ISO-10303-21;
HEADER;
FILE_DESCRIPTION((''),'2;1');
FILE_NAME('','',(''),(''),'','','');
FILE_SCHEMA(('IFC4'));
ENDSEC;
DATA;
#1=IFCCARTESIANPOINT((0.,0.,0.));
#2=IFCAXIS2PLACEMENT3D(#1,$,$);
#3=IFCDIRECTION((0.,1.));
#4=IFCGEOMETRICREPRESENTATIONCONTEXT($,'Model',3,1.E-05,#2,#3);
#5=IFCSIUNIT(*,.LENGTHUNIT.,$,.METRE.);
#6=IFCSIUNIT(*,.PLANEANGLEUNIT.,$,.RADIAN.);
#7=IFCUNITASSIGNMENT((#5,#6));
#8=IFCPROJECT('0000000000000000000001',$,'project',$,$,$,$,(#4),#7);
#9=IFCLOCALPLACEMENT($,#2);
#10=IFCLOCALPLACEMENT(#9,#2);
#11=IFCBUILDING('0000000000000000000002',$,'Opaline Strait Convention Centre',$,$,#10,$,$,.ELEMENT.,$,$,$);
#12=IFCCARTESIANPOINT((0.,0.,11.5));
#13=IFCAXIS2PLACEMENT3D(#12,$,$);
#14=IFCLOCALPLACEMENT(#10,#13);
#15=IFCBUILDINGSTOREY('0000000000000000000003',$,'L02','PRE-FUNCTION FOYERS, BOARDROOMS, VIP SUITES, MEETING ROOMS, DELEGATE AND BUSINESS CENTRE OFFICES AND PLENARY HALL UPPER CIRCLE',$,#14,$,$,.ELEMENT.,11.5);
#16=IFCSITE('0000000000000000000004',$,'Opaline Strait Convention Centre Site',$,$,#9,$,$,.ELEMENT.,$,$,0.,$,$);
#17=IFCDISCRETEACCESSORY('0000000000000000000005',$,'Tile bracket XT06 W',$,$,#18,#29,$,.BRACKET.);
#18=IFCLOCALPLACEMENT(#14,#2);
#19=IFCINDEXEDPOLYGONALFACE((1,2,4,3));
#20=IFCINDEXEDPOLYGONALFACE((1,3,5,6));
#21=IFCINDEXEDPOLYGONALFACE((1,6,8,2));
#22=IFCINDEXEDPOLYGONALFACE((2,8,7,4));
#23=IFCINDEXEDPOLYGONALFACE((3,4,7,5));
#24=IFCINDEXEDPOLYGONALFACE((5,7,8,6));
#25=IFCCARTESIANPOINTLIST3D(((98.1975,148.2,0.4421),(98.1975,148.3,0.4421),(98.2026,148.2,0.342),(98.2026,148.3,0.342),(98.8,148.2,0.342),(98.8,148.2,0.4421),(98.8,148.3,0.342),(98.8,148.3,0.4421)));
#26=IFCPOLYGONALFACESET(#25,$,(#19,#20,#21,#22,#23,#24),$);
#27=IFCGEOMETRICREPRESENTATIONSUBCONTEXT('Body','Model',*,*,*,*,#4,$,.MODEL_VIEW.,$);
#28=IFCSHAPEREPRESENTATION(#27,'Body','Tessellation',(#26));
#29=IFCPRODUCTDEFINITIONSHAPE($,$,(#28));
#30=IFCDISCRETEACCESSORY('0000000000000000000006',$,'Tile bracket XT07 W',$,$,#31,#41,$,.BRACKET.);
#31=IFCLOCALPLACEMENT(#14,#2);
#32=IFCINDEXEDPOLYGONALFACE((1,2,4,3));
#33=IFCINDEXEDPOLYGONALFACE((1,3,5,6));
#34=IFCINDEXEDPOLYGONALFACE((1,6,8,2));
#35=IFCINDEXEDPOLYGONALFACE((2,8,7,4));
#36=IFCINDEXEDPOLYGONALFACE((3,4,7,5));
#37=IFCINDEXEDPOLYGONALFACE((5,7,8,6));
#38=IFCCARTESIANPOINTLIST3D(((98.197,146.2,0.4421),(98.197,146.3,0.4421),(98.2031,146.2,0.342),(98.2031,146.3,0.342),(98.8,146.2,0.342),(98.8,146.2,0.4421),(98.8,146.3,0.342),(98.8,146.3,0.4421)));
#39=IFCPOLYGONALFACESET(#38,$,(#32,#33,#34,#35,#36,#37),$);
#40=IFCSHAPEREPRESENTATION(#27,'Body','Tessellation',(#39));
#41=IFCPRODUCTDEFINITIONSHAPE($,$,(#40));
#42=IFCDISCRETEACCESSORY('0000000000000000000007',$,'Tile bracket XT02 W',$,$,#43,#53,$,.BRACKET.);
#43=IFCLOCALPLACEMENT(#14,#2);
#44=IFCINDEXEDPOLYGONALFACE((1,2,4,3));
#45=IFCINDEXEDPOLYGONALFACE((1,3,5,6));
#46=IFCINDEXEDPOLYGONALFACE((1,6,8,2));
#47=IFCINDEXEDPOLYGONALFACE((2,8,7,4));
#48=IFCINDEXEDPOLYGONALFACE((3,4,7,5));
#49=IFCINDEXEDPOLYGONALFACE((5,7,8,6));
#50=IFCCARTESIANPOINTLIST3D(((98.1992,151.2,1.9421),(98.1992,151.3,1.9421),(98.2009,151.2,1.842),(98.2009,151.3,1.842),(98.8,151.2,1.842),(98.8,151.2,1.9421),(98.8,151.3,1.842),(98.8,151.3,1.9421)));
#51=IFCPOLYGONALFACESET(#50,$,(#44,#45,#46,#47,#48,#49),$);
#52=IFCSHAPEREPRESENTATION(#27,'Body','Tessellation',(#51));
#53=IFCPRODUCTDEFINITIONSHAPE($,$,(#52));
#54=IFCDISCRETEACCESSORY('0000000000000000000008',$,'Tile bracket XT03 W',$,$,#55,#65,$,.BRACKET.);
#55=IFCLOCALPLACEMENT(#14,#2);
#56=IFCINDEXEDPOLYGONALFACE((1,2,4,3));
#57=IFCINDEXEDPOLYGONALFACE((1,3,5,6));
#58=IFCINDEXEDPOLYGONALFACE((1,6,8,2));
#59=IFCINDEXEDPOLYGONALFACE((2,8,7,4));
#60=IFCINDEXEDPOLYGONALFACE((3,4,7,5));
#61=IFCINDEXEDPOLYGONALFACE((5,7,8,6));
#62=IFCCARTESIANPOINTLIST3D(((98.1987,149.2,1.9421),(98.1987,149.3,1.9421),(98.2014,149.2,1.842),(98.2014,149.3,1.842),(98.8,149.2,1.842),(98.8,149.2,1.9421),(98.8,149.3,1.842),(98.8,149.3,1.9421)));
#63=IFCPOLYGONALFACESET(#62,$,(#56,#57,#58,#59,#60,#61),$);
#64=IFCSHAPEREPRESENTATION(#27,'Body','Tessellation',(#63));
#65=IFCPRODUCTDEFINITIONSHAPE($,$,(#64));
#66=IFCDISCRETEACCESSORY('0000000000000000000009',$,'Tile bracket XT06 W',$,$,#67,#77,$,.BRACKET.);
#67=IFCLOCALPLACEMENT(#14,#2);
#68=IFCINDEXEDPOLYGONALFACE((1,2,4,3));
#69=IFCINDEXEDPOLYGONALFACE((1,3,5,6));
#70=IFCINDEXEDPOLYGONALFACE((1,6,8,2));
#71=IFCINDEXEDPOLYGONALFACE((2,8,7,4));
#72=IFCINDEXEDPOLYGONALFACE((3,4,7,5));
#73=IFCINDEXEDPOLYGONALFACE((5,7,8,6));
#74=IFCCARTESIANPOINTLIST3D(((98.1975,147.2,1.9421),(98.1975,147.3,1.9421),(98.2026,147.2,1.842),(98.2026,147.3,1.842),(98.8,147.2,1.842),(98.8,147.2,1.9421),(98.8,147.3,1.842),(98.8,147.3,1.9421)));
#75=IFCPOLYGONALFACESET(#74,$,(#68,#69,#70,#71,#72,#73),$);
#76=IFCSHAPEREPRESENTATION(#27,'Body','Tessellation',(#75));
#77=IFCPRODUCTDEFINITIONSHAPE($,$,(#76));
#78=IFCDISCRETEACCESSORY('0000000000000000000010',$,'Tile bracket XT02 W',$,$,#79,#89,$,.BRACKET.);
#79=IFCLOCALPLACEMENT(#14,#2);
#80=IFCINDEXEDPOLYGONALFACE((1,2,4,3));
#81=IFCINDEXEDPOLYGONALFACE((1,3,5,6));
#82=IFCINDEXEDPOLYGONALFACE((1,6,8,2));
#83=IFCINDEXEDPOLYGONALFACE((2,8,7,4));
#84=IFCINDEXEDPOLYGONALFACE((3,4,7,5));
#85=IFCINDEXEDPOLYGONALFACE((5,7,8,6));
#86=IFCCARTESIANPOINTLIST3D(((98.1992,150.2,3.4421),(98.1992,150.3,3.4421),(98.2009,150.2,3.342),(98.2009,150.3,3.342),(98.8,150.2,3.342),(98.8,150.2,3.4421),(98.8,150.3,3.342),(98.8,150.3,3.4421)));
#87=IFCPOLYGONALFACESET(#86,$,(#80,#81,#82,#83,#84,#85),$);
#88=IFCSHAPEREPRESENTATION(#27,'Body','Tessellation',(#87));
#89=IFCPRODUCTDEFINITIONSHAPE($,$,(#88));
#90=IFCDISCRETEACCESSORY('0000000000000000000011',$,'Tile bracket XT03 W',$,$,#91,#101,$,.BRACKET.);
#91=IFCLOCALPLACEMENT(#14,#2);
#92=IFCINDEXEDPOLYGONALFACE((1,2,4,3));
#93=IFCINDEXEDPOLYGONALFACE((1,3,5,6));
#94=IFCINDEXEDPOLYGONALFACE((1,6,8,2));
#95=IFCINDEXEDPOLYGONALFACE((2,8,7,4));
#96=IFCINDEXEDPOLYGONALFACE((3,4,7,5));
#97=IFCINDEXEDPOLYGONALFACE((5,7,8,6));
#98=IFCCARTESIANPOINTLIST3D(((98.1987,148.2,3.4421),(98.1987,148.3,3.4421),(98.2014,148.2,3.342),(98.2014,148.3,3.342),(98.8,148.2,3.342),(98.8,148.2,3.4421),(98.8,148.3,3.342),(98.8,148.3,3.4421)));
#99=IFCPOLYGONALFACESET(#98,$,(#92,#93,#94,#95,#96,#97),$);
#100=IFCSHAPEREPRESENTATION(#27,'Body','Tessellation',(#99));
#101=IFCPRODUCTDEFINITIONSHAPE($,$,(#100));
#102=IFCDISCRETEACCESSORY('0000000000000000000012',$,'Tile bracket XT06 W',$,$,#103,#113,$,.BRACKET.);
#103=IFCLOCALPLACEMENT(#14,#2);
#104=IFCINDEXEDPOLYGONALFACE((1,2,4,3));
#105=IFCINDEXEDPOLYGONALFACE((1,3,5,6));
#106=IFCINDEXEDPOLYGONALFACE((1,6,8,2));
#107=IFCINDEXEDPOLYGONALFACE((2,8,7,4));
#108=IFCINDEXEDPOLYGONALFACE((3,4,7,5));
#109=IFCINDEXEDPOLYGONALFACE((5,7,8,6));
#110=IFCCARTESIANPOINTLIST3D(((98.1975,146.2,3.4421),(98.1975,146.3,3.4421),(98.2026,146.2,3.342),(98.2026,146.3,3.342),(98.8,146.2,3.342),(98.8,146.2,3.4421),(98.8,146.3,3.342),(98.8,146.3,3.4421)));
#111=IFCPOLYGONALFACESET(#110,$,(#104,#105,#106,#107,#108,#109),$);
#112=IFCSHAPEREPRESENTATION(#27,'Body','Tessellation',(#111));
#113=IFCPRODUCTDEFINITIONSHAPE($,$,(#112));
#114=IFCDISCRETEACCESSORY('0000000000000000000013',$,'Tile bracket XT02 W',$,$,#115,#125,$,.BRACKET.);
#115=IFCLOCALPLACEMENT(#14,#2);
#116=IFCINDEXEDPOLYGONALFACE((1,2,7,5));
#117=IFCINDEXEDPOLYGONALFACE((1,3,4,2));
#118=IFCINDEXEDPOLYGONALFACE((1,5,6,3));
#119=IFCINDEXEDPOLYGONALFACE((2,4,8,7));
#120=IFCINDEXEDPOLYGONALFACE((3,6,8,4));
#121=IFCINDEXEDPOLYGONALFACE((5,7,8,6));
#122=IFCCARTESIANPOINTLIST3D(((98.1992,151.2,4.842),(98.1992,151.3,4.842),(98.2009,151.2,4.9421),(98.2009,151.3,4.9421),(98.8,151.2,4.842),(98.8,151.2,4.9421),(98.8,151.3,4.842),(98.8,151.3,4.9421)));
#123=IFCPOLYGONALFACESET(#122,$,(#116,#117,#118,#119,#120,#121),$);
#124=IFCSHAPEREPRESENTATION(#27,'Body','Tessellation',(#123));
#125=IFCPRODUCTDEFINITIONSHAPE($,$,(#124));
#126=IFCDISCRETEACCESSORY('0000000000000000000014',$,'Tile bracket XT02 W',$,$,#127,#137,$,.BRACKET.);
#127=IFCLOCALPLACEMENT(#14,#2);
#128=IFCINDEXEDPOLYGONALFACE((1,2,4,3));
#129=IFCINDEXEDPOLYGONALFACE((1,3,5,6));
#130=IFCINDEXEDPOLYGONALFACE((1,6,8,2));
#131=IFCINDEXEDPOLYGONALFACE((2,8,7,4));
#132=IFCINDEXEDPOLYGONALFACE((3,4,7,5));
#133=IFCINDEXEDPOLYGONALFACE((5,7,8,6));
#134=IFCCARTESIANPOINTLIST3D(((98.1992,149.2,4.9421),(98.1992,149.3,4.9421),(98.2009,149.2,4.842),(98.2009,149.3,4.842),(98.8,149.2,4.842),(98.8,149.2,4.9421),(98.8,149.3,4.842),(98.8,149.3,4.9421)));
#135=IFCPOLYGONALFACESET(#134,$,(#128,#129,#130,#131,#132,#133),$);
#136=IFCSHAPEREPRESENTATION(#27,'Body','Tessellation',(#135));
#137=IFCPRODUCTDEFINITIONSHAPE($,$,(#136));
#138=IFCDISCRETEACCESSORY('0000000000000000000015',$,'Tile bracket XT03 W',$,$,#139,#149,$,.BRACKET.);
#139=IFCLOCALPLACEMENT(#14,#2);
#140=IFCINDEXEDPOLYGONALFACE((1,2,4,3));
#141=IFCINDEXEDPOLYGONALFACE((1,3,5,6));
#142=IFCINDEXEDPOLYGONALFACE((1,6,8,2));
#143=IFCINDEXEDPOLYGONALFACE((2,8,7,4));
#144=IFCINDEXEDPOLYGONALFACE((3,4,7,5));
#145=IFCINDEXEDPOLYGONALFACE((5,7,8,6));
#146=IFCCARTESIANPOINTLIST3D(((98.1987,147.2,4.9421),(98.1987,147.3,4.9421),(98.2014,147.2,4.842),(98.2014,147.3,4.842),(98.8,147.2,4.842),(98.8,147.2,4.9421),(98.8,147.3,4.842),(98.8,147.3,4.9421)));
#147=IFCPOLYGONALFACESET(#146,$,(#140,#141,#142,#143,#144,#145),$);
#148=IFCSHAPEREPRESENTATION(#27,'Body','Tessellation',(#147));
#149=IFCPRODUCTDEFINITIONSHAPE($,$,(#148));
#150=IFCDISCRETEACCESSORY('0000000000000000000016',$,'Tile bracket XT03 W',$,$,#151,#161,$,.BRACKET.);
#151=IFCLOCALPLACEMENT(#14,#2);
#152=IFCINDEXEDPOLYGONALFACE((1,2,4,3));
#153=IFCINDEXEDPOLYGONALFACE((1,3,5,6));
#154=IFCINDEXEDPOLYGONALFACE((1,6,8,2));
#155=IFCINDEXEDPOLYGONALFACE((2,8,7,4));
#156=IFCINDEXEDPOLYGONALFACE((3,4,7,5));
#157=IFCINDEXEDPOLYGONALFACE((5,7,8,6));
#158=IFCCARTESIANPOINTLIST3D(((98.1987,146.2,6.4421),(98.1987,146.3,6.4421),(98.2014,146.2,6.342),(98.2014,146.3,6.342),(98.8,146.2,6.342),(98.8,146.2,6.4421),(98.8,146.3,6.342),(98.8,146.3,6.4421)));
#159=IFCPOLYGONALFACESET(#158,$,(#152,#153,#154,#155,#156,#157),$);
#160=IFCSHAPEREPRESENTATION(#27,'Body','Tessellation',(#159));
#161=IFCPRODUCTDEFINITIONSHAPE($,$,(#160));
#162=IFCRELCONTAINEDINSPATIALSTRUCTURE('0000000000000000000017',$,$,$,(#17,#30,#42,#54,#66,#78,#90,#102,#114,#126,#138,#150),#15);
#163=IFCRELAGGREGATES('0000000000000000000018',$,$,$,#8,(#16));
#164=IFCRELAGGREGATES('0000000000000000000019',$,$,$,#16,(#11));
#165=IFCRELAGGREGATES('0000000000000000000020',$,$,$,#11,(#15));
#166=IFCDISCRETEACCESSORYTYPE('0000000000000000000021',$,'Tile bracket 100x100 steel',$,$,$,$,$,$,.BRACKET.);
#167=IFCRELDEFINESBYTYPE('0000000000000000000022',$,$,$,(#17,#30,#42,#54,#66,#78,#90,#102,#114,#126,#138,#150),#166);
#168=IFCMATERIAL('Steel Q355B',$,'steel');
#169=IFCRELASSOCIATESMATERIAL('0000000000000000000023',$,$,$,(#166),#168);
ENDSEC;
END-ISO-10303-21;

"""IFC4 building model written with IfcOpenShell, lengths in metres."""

from ifc_helpers import new_model, si_unit, direction, frame, origin, place, context, subcontext, project, spatial, polyline, outline, extrude, material, type_object, element, save


model = new_model("IFC4")

# Units and contexts
model_context = context("Model", 3, precision=1e-05, world=origin(), true_north=direction((0.0, 1.0)))
body_context = subcontext(model_context, "Body", "Model", "MODEL_VIEW")
ifc_project = project(units=[si_unit("LENGTHUNIT", "METRE"), si_unit("PLANEANGLEUNIT", "RADIAN")], contexts=[model_context])

# Site, building, storey
site_placement = place(None, origin())
site = spatial("IfcSite", under=ifc_project, at=site_placement, Name="Opaline Strait Convention Centre Site", CompositionType="ELEMENT", RefElevation=0.0)
building_placement = place(site_placement, origin())
building = spatial("IfcBuilding", under=site, at=building_placement, Name="Opaline Strait Convention Centre", CompositionType="ELEMENT")
storey_placement = place(building_placement, frame((0.0, 0.0, 11.5)))
storey = spatial("IfcBuildingStorey", under=building, at=storey_placement, Name="L02", Description="PRE-FUNCTION FOYERS, BOARDROOMS, VIP SUITES, MEETING ROOMS, DELEGATE AND BUSINESS CENTRE OFFICES AND PLENARY HALL UPPER CIRCLE", CompositionType="ELEMENT", Elevation=11.5)

# Shared definitions
ifc_material_1 = material(Name="Steel Q355B", Category="steel")

# Discrete accessories
discrete_accessory_type = type_object("IfcDiscreteAccessoryType", Name="Tile bracket 100x100 steel", PredefinedType="BRACKET", material=ifc_material_1)
discrete_accessory_1_placement = place(storey_placement, frame((98.8, 148.3, 0.3921), z_axis=(0.0, -1.0, 0.0), x_axis=(1.0, 0.0, 0.0)))
element("IfcDiscreteAccessory", 1, at=discrete_accessory_1_placement, inside=storey, type_object=discrete_accessory_type, Name="Tile bracket XT06 W", PredefinedType="BRACKET", context=body_context, shape_type="SweptSolid", body=[
    extrude(outline(polyline([(0.0, -0.05), (0.0, 0.05), (-0.6025, 0.05), (-0.5974, -0.05), (0.0, -0.05)])), origin(), (0.0, 0.0, 1.0), 0.1001),
])
discrete_accessory_2_placement = place(storey_placement, frame((98.8, 146.3, 0.3921), z_axis=(0.0, -1.0, 0.0), x_axis=(1.0, 0.0, 0.0)))
element("IfcDiscreteAccessory", 2, at=discrete_accessory_2_placement, inside=storey, type_object=discrete_accessory_type, Name="Tile bracket XT07 W", PredefinedType="BRACKET", context=body_context, shape_type="SweptSolid", body=[
    extrude(outline(polyline([(0.0, -0.05), (0.0, 0.05), (-0.603, 0.05), (-0.5969, -0.05), (0.0, -0.05)])), origin(), (0.0, 0.0, 1.0), 0.1001),
])
discrete_accessory_3_placement = place(storey_placement, frame((98.8, 151.3, 1.8921), z_axis=(0.0, -1.0, 0.0), x_axis=(1.0, 0.0, 0.0)))
element("IfcDiscreteAccessory", 3, at=discrete_accessory_3_placement, inside=storey, type_object=discrete_accessory_type, Name="Tile bracket XT02 W", PredefinedType="BRACKET", context=body_context, shape_type="SweptSolid", body=[
    extrude(outline(polyline([(0.0, -0.05), (0.0, 0.05), (-0.6008, 0.05), (-0.5991, -0.05), (0.0, -0.05)])), origin(), (0.0, 0.0, 1.0), 0.1001),
])
discrete_accessory_4_placement = place(storey_placement, frame((98.8, 149.3, 1.8921), z_axis=(0.0, -1.0, 0.0), x_axis=(1.0, 0.0, 0.0)))
element("IfcDiscreteAccessory", 4, at=discrete_accessory_4_placement, inside=storey, type_object=discrete_accessory_type, Name="Tile bracket XT03 W", PredefinedType="BRACKET", context=body_context, shape_type="SweptSolid", body=[
    extrude(outline(polyline([(0.0, -0.05), (0.0, 0.05), (-0.6013, 0.05), (-0.5986, -0.05), (0.0, -0.05)])), origin(), (0.0, 0.0, 1.0), 0.1001),
])
discrete_accessory_5_placement = place(storey_placement, frame((98.8, 147.3, 1.8921), z_axis=(0.0, -1.0, 0.0), x_axis=(1.0, 0.0, 0.0)))
element("IfcDiscreteAccessory", 5, at=discrete_accessory_5_placement, inside=storey, type_object=discrete_accessory_type, Name="Tile bracket XT06 W", PredefinedType="BRACKET", context=body_context, shape_type="SweptSolid", body=[
    extrude(outline(polyline([(0.0, -0.05), (0.0, 0.05), (-0.6025, 0.05), (-0.5974, -0.05), (0.0, -0.05)])), origin(), (0.0, 0.0, 1.0), 0.1001),
])
discrete_accessory_6_placement = place(storey_placement, frame((98.8, 150.3, 3.3921), z_axis=(0.0, -1.0, 0.0), x_axis=(1.0, 0.0, 0.0)))
element("IfcDiscreteAccessory", 6, at=discrete_accessory_6_placement, inside=storey, type_object=discrete_accessory_type, Name="Tile bracket XT02 W", PredefinedType="BRACKET", context=body_context, shape_type="SweptSolid", body=[
    extrude(outline(polyline([(0.0, -0.05), (0.0, 0.05), (-0.6008, 0.05), (-0.5991, -0.05), (0.0, -0.05)])), origin(), (0.0, 0.0, 1.0), 0.1001),
])
discrete_accessory_7_placement = place(storey_placement, frame((98.8, 148.3, 3.3921), z_axis=(0.0, -1.0, 0.0), x_axis=(1.0, 0.0, 0.0)))
element("IfcDiscreteAccessory", 7, at=discrete_accessory_7_placement, inside=storey, type_object=discrete_accessory_type, Name="Tile bracket XT03 W", PredefinedType="BRACKET", context=body_context, shape_type="SweptSolid", body=[
    extrude(outline(polyline([(0.0, -0.05), (0.0, 0.05), (-0.6013, 0.05), (-0.5986, -0.05), (0.0, -0.05)])), origin(), (0.0, 0.0, 1.0), 0.1001),
])
discrete_accessory_8_placement = place(storey_placement, frame((98.8, 146.3, 3.3921), z_axis=(0.0, -1.0, 0.0), x_axis=(1.0, 0.0, 0.0)))
element("IfcDiscreteAccessory", 8, at=discrete_accessory_8_placement, inside=storey, type_object=discrete_accessory_type, Name="Tile bracket XT06 W", PredefinedType="BRACKET", context=body_context, shape_type="SweptSolid", body=[
    extrude(outline(polyline([(0.0, -0.05), (0.0, 0.05), (-0.6025, 0.05), (-0.5974, -0.05), (0.0, -0.05)])), origin(), (0.0, 0.0, 1.0), 0.1001),
])
discrete_accessory_9_placement = place(storey_placement, frame((98.8, 151.3, 4.8921), z_axis=(0.0, -1.0, 0.0), x_axis=(1.0, 0.0, 0.0)))
element("IfcDiscreteAccessory", 9, at=discrete_accessory_9_placement, inside=storey, type_object=discrete_accessory_type, Name="Tile bracket XT02 W", PredefinedType="BRACKET", context=body_context, shape_type="SweptSolid", body=[
    extrude(outline(polyline([(0.0, -0.05), (0.0, 0.05), (-0.5991, 0.05), (-0.6008, -0.05), (0.0, -0.05)])), origin(), (0.0, 0.0, 1.0), 0.1001),
])
discrete_accessory_10_placement = place(storey_placement, frame((98.8, 149.3, 4.8921), z_axis=(0.0, -1.0, 0.0), x_axis=(1.0, 0.0, 0.0)))
element("IfcDiscreteAccessory", 10, at=discrete_accessory_10_placement, inside=storey, type_object=discrete_accessory_type, Name="Tile bracket XT02 W", PredefinedType="BRACKET", context=body_context, shape_type="SweptSolid", body=[
    extrude(outline(polyline([(0.0, -0.05), (0.0, 0.05), (-0.6008, 0.05), (-0.5991, -0.05), (0.0, -0.05)])), origin(), (0.0, 0.0, 1.0), 0.1001),
])
for number, where, z_axis, x_axis, name in (
    (11, (98.8, 147.3, 4.8921), (0.0, -1.0, 0.0), (1.0, 0.0, 0.0), "Tile bracket XT03 W"),
    (12, (98.8, 146.3, 6.3921), (0.0, -1.0, 0.0), (1.0, 0.0, 0.0), "Tile bracket XT03 W"),
):
    element("IfcDiscreteAccessory", number, at=place(storey_placement, frame(where, z_axis=z_axis, x_axis=x_axis)), inside=storey, type_object=discrete_accessory_type, Name=name, PredefinedType="BRACKET", context=body_context, shape_type="SweptSolid", body=[
        extrude(outline(polyline([(0.0, -0.05), (0.0, 0.05), (-0.6013, 0.05), (-0.5986, -0.05), (0.0, -0.05)])), origin(), (0.0, 0.0, 1.0), 0.1001),
    ])

save(model, "model.ifc")
